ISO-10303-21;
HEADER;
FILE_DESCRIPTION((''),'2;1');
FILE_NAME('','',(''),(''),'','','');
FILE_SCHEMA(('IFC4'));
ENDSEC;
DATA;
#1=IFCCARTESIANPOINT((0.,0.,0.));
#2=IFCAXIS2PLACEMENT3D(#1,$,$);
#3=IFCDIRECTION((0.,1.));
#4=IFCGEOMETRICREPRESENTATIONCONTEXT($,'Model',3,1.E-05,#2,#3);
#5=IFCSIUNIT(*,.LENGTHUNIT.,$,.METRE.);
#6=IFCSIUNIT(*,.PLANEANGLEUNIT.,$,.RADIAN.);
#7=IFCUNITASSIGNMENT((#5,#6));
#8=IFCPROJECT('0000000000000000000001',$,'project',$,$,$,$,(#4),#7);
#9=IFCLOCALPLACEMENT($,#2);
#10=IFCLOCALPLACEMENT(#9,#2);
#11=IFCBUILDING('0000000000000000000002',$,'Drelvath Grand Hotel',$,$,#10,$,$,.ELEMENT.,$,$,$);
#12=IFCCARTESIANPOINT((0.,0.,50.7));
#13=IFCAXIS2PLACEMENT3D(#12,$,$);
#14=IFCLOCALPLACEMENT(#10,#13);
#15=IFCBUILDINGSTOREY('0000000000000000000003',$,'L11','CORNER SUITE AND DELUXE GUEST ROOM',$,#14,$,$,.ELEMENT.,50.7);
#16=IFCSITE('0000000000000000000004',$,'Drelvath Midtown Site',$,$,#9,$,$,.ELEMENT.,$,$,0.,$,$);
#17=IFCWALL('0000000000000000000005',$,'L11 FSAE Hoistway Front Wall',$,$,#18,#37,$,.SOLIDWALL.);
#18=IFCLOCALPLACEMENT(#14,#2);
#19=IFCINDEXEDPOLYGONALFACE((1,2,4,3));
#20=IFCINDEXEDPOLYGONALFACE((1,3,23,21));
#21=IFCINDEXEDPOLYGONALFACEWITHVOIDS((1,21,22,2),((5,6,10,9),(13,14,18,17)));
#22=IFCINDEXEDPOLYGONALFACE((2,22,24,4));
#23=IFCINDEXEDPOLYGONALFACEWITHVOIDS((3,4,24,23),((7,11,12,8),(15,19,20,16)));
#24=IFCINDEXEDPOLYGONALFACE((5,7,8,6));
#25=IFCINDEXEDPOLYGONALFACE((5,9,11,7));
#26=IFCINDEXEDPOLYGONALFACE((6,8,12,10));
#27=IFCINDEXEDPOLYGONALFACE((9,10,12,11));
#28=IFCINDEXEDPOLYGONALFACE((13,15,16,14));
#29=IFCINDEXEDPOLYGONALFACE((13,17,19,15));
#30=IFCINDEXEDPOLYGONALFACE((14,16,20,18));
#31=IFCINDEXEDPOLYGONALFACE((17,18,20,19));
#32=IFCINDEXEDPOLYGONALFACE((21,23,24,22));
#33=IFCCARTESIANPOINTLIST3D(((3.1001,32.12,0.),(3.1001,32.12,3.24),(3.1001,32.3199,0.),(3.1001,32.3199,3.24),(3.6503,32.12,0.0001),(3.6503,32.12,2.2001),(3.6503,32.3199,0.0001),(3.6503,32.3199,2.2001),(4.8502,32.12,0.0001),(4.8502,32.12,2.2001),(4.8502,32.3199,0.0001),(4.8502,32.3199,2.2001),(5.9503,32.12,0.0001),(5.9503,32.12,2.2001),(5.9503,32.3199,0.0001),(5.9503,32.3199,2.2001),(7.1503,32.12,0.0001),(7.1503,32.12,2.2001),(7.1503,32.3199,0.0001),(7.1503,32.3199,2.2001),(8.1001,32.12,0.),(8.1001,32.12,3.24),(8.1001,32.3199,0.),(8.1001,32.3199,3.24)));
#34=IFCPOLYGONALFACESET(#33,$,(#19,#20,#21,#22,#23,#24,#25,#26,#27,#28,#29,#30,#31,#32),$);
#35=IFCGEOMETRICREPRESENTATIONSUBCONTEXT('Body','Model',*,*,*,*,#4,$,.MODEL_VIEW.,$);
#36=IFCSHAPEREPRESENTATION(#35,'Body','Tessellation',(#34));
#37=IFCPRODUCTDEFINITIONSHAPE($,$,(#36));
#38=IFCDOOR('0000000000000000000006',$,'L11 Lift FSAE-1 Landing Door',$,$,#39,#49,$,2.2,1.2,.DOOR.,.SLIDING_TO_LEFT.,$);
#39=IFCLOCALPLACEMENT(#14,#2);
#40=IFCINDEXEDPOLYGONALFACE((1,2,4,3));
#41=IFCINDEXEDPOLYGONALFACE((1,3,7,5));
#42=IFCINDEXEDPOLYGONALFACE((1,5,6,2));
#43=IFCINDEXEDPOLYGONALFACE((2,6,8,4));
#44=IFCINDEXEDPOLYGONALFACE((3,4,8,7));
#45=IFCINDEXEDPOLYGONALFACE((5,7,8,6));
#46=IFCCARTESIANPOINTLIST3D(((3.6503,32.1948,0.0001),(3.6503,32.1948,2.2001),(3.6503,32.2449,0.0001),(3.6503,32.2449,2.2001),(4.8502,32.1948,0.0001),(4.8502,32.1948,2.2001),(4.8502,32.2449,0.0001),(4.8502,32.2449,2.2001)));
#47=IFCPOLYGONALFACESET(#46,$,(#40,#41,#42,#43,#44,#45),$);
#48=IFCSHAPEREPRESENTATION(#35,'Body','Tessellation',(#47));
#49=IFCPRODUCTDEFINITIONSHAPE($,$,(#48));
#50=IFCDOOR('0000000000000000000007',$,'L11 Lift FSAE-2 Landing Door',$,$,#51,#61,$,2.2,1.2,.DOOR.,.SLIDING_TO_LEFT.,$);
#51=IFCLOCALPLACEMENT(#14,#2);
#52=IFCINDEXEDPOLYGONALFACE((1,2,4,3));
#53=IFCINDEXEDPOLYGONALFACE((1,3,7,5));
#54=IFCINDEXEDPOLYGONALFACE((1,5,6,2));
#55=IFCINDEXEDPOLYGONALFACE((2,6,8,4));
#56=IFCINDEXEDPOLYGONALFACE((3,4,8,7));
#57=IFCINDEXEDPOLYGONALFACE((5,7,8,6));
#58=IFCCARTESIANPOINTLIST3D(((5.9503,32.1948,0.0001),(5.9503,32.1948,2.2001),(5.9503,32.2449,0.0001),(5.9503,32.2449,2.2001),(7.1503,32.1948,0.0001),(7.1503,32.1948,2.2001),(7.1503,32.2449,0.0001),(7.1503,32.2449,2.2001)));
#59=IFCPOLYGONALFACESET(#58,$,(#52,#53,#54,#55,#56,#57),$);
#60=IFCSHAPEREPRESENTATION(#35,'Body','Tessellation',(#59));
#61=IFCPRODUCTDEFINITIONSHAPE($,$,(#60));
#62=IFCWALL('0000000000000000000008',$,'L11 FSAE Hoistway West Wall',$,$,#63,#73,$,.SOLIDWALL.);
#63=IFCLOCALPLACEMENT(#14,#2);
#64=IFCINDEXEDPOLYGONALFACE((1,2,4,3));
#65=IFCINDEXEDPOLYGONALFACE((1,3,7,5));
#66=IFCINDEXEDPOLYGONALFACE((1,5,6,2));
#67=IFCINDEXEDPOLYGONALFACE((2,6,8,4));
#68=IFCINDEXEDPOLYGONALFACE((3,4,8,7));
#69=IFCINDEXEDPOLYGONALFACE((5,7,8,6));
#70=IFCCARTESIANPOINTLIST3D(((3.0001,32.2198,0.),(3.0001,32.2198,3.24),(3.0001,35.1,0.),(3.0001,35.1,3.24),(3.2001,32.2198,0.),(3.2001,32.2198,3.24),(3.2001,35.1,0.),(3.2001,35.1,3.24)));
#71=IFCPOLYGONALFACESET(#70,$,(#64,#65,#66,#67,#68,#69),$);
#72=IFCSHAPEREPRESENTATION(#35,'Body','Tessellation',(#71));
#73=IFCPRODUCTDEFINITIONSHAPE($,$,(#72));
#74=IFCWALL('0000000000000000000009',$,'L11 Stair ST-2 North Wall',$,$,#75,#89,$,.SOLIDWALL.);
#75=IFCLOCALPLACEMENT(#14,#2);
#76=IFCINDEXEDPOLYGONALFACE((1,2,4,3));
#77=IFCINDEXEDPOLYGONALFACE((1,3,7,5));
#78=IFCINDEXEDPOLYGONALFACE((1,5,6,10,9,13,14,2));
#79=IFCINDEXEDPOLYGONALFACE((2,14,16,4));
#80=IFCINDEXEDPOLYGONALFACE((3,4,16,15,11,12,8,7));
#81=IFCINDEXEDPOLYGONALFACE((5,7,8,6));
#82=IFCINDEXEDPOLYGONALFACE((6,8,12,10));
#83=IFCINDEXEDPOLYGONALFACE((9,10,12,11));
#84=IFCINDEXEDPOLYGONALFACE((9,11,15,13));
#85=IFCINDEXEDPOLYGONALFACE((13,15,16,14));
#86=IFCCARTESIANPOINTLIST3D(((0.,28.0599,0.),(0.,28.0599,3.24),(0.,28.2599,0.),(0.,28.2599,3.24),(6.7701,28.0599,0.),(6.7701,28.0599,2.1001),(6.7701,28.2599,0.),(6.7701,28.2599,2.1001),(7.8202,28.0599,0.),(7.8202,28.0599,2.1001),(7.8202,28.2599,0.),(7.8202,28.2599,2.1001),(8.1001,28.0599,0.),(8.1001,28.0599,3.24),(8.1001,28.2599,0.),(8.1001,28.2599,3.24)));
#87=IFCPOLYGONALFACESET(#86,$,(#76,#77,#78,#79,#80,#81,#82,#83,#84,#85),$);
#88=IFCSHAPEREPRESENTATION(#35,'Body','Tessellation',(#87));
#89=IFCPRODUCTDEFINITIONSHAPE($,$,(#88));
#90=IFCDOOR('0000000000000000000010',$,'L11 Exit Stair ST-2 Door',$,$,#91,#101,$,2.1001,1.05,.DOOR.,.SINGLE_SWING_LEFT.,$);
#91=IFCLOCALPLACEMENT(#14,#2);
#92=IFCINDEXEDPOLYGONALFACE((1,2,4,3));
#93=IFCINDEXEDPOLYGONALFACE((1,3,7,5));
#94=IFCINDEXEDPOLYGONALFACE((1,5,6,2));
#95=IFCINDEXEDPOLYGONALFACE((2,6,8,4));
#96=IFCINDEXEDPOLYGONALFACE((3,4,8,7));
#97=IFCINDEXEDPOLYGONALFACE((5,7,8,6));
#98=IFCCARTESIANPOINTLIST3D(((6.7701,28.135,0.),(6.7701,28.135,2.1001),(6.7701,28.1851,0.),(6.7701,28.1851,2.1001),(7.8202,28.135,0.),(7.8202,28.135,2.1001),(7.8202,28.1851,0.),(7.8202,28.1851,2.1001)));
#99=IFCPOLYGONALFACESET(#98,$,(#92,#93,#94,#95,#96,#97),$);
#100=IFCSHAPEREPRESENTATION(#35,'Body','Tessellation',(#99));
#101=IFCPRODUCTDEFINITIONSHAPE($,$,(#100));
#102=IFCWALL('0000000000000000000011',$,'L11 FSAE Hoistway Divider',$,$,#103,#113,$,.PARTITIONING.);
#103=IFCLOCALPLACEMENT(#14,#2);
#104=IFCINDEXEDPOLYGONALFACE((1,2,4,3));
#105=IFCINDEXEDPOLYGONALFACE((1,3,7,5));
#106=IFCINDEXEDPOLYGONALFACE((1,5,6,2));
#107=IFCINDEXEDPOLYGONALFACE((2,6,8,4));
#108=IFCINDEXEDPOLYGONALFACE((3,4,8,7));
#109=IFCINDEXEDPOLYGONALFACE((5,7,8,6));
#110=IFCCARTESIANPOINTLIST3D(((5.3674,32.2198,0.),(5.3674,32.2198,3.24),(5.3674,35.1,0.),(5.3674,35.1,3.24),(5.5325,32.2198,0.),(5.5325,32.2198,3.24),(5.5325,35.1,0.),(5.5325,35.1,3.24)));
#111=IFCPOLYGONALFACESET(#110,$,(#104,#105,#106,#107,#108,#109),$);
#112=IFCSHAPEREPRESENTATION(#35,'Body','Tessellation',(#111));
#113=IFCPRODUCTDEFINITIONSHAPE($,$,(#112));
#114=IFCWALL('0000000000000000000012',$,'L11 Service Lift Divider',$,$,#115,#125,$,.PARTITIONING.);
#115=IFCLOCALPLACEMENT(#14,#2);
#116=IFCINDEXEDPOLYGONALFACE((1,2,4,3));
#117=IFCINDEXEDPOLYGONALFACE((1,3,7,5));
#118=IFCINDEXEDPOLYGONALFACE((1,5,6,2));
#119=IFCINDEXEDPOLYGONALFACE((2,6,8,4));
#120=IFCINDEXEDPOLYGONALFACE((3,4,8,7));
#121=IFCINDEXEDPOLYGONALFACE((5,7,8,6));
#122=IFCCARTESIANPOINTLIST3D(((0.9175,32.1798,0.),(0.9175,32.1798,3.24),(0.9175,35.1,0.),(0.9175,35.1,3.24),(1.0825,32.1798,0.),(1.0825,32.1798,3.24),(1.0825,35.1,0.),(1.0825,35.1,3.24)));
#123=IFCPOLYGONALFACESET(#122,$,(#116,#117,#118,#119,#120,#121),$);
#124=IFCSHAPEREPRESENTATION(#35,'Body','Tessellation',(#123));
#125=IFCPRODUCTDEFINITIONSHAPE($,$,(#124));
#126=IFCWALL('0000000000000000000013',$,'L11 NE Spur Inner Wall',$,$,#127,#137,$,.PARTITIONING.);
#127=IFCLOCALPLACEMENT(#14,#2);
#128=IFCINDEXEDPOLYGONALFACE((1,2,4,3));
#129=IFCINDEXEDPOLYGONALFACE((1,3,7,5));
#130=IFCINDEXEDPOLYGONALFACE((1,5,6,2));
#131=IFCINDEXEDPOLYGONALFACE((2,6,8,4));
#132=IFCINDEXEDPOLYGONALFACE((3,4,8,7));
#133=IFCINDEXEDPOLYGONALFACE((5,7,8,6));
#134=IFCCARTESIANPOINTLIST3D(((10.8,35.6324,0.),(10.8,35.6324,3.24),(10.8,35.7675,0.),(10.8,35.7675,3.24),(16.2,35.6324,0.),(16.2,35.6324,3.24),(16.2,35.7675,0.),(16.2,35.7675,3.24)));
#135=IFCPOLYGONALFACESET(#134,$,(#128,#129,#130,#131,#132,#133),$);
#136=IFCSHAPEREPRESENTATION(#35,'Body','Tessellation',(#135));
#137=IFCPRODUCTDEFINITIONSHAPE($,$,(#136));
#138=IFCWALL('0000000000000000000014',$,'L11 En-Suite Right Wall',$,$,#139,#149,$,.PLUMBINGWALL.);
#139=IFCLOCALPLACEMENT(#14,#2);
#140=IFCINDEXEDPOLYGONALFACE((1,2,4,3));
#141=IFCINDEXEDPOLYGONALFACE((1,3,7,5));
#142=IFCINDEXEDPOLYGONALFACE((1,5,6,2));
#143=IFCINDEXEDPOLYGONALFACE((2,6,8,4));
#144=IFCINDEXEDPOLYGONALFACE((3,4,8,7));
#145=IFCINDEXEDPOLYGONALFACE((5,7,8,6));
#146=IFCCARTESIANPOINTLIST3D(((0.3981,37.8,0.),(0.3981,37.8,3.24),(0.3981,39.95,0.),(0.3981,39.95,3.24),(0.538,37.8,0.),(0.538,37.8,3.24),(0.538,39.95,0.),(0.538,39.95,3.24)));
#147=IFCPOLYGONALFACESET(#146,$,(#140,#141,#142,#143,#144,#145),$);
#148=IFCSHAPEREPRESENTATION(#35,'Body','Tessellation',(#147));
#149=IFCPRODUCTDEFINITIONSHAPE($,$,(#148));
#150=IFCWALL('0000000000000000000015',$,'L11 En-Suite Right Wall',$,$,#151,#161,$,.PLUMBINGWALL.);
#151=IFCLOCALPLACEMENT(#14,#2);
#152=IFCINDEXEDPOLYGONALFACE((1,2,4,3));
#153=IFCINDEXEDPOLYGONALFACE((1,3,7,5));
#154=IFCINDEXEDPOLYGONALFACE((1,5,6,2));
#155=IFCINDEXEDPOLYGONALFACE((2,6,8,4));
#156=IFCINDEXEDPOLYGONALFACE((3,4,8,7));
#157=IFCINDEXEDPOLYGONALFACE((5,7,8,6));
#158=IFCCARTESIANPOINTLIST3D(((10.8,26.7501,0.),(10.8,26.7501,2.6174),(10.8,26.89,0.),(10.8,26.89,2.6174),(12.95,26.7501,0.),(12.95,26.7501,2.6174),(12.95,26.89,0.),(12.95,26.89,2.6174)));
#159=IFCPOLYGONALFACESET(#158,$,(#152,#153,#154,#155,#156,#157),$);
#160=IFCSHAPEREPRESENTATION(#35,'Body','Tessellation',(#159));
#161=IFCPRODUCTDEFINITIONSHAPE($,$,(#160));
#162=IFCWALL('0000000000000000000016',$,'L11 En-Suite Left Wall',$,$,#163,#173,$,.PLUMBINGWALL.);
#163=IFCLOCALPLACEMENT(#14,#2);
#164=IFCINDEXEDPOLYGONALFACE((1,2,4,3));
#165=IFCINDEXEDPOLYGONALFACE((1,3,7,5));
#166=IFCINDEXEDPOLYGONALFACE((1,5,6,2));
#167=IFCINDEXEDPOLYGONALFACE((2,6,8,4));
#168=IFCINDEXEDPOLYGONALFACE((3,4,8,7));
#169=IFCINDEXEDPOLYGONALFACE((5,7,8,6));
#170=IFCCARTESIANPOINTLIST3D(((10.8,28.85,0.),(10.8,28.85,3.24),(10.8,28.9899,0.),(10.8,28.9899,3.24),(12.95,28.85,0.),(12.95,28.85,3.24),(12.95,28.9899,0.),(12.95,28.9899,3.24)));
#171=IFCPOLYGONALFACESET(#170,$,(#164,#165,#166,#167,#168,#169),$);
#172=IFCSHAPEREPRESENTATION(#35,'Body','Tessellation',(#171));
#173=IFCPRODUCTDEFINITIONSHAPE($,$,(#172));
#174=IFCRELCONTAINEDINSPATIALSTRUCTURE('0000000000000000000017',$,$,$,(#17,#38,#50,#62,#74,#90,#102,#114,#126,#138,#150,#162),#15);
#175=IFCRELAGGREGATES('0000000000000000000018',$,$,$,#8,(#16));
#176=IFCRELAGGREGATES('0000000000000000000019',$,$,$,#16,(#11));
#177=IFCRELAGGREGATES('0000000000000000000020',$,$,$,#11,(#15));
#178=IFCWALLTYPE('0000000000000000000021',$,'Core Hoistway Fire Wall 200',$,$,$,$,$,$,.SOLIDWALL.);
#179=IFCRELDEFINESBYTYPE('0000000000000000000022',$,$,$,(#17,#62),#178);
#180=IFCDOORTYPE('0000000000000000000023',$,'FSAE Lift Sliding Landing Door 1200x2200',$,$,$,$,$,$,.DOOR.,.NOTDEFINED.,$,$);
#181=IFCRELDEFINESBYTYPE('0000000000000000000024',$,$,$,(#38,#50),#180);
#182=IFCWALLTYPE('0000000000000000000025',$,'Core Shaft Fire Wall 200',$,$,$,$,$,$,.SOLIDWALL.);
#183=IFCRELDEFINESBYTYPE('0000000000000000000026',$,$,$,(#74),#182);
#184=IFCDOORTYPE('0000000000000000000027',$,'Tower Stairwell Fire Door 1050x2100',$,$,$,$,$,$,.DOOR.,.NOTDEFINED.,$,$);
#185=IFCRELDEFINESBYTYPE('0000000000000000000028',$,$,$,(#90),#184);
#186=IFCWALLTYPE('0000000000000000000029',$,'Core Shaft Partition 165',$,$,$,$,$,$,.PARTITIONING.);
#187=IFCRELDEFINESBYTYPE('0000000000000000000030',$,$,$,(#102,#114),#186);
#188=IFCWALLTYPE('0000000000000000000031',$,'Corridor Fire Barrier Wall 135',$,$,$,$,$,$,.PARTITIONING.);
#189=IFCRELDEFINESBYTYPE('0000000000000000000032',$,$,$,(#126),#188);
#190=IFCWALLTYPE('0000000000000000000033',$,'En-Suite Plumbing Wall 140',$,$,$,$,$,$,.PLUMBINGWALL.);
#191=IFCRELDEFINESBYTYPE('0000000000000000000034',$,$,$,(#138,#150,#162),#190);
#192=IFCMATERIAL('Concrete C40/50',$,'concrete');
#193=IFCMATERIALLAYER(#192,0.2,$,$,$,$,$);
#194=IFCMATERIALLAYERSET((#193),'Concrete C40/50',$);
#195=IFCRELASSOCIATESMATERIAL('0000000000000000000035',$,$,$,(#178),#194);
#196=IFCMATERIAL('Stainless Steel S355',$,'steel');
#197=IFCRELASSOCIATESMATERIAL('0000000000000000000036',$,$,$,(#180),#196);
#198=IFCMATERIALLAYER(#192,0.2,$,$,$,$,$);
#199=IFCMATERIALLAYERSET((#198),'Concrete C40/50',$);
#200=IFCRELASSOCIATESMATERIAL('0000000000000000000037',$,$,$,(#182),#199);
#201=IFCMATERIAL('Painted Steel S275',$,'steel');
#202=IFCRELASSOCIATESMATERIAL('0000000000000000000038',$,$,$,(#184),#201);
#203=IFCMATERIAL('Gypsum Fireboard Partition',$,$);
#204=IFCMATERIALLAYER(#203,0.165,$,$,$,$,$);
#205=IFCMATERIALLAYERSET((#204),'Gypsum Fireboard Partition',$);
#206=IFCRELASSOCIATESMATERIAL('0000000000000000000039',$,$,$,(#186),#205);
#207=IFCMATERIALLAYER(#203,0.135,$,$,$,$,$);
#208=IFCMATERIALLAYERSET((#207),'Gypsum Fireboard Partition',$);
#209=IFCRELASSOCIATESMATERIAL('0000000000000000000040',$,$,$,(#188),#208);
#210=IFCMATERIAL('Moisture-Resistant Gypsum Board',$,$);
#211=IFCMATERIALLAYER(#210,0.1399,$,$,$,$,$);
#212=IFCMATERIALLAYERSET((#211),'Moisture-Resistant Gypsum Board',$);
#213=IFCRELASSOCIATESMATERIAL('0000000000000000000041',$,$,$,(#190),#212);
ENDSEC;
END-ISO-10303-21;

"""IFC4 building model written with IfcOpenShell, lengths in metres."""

from ifc_helpers import new_model, si_unit, direction, frame, frame_2d, origin, place, context, subcontext, project, spatial, rectangle, extrude, material, layer, layer_set, type_object, element, fill, save


model = new_model("IFC4")

# Units and contexts
model_context = context("Model", 3, precision=1e-05, world=origin(), true_north=direction((0.0, 1.0)))
body_context = subcontext(model_context, "Body", "Model", "MODEL_VIEW")
ifc_project = project(units=[si_unit("LENGTHUNIT", "METRE"), si_unit("PLANEANGLEUNIT", "RADIAN")], contexts=[model_context])

# Site, building, storey
site_placement = place(None, origin())
site = spatial("IfcSite", under=ifc_project, at=site_placement, Name="Drelvath Midtown Site", CompositionType="ELEMENT", RefElevation=0.0)
building_placement = place(site_placement, origin())
building = spatial("IfcBuilding", under=site, at=building_placement, Name="Drelvath Grand Hotel", CompositionType="ELEMENT")
storey_placement = place(building_placement, frame((0.0, 0.0, 50.7)))
storey = spatial("IfcBuildingStorey", under=building, at=storey_placement, Name="L11", Description="CORNER SUITE AND DELUXE GUEST ROOM", CompositionType="ELEMENT", Elevation=50.7)

# Wall, openings, doors
ifc_material_1 = material(Name="Concrete C40/50", Category="concrete")
ifc_layer_1 = layer(ifc_material_1, 0.2)
ifc_layer_set_1 = layer_set([ifc_layer_1], Name="Concrete C40/50")
wall_type_1 = type_object("IfcWallType", Name="Core Hoistway Fire Wall 200", PredefinedType="SOLIDWALL", material=ifc_layer_set_1)
wall_1_placement = place(storey_placement, frame((3.1001, 32.22, 0.0), z_axis=(0.0, 0.0, 1.0), x_axis=(1.0, 0.0, 0.0)))
wall_1 = element("IfcWall", 1, at=wall_1_placement, inside=storey, type_object=wall_type_1, Name="L11 FSAE Hoistway Front Wall", PredefinedType="SOLIDWALL", context=body_context, shape_type="SweptSolid", body=[
    extrude(rectangle(XDim=5.0, YDim=0.2, at=frame_2d((2.5, 0.0))), origin(), (0.0, 0.0, 1.0), 3.24),
])
opening_1_placement = place(wall_1_placement, frame((0.55, 0.0, 0.0)))
opening_1 = element("IfcOpeningElement", 2, at=opening_1_placement, cuts=wall_1, PredefinedType="OPENING", context=body_context, shape_type="SweptSolid", body=[
    extrude(rectangle(XDim=1.2, YDim=2.2, at=frame_2d((0.6001, 1.1001))), frame((0.0, 0.1099, 0.0), z_axis=(0.0, -1.0, 0.0), x_axis=(1.0, 0.0, 0.0)), (0.0, 0.0, 1.0), 0.22),
])
opening_2_placement = place(wall_1_placement, frame((2.8501, 0.0, 0.0)))
opening_2 = element("IfcOpeningElement", 3, at=opening_2_placement, cuts=wall_1, PredefinedType="OPENING", context=body_context, shape_type="SweptSolid", body=[
    extrude(rectangle(XDim=1.2, YDim=2.2, at=frame_2d((0.6001, 1.1001))), frame((0.0, 0.1099, 0.0), z_axis=(0.0, -1.0, 0.0), x_axis=(1.0, 0.0, 0.0)), (0.0, 0.0, 1.0), 0.22),
])
ifc_material_2 = material(Name="Stainless Steel S355", Category="steel")
door_type_1 = type_object("IfcDoorType", Name="FSAE Lift Sliding Landing Door 1200x2200", OperationType="NOTDEFINED", PredefinedType="DOOR", material=ifc_material_2)
door_1_placement = place(opening_1_placement, origin())
door_1 = element("IfcDoor", 4, at=door_1_placement, inside=storey, type_object=door_type_1, Name="L11 Lift FSAE-1 Landing Door", OperationType="SLIDING_TO_LEFT", OverallHeight=2.2, OverallWidth=1.2, PredefinedType="DOOR", context=body_context, shape_type="SweptSolid", body=[
    extrude(rectangle(XDim=1.2, YDim=2.2, at=frame_2d((0.6001, 1.1001))), frame((0.0, 0.0249, 0.0), z_axis=(0.0, -1.0, 0.0), x_axis=(1.0, 0.0, 0.0)), (0.0, 0.0, 1.0), 0.05),
])
fill(opening_1, door_1)
door_2_placement = place(opening_2_placement, origin())
door_2 = element("IfcDoor", 5, at=door_2_placement, inside=storey, type_object=door_type_1, Name="L11 Lift FSAE-2 Landing Door", OperationType="SLIDING_TO_LEFT", OverallHeight=2.2, OverallWidth=1.2, PredefinedType="DOOR", context=body_context, shape_type="SweptSolid", body=[
    extrude(rectangle(XDim=1.2, YDim=2.2, at=frame_2d((0.6001, 1.1001))), frame((0.0, 0.0249, 0.0), z_axis=(0.0, -1.0, 0.0), x_axis=(1.0, 0.0, 0.0)), (0.0, 0.0, 1.0), 0.05),
])
fill(opening_2, door_2)

# Wall
wall_2_placement = place(storey_placement, frame((3.1001, 32.22, 0.0), z_axis=(0.0, 0.0, 1.0), x_axis=(0.0, 1.0, 0.0)))
element("IfcWall", 6, at=wall_2_placement, inside=storey, type_object=wall_type_1, Name="L11 FSAE Hoistway West Wall", PredefinedType="SOLIDWALL", context=body_context, shape_type="SweptSolid", body=[
    extrude(rectangle(XDim=2.8801, YDim=0.2, at=frame_2d((1.4399, 0.0))), origin(), (0.0, 0.0, 1.0), 3.24),
])

# Wall, opening, door
ifc_layer_2 = layer(ifc_material_1, 0.2)
ifc_layer_set_2 = layer_set([ifc_layer_2], Name="Concrete C40/50")
wall_type_2 = type_object("IfcWallType", Name="Core Shaft Fire Wall 200", PredefinedType="SOLIDWALL", material=ifc_layer_set_2)
wall_3_placement = place(storey_placement, frame((8.1001, 28.1599, 0.0), z_axis=(0.0, 0.0, 1.0), x_axis=(-1.0, 0.0, 0.0)))
wall_3 = element("IfcWall", 7, at=wall_3_placement, inside=storey, type_object=wall_type_2, Name="L11 Stair ST-2 North Wall", PredefinedType="SOLIDWALL", context=body_context, shape_type="SweptSolid", body=[
    extrude(rectangle(XDim=8.1001, YDim=0.2, at=frame_2d((4.05, 0.0))), origin(), (0.0, 0.0, 1.0), 3.24),
])
opening_3_placement = place(wall_3_placement, frame((0.28, 0.0, 0.0)))
opening_3 = element("IfcOpeningElement", 8, at=opening_3_placement, cuts=wall_3, PredefinedType="OPENING", context=body_context, shape_type="SweptSolid", body=[
    extrude(rectangle(XDim=1.05, YDim=2.1001, at=frame_2d((0.5249, 1.05))), frame((0.0, 0.1099, 0.0), z_axis=(0.0, -1.0, 0.0), x_axis=(1.0, 0.0, 0.0)), (0.0, 0.0, 1.0), 0.22),
])
ifc_material_3 = material(Name="Painted Steel S275", Category="steel")
door_type_2 = type_object("IfcDoorType", Name="Tower Stairwell Fire Door 1050x2100", OperationType="NOTDEFINED", PredefinedType="DOOR", material=ifc_material_3)
door_3_placement = place(opening_3_placement, origin())
door_3 = element("IfcDoor", 9, at=door_3_placement, inside=storey, type_object=door_type_2, Name="L11 Exit Stair ST-2 Door", OperationType="SINGLE_SWING_LEFT", OverallHeight=2.1001, OverallWidth=1.05, PredefinedType="DOOR", context=body_context, shape_type="SweptSolid", body=[
    extrude(rectangle(XDim=1.05, YDim=2.1001, at=frame_2d((0.5249, 1.05))), frame((0.0, 0.0249, 0.0), z_axis=(0.0, -1.0, 0.0), x_axis=(1.0, 0.0, 0.0)), (0.0, 0.0, 1.0), 0.05),
])
fill(opening_3, door_3)

# Walls
ifc_material_4 = material(Name="Gypsum Fireboard Partition")
ifc_layer_3 = layer(ifc_material_4, 0.165)
ifc_layer_set_3 = layer_set([ifc_layer_3], Name="Gypsum Fireboard Partition")
wall_type_3 = type_object("IfcWallType", Name="Core Shaft Partition 165", PredefinedType="PARTITIONING", material=ifc_layer_set_3)
wall_4_placement = place(storey_placement, frame((5.45, 32.22, 0.0), z_axis=(0.0, 0.0, 1.0), x_axis=(0.0, 1.0, 0.0)))
element("IfcWall", 10, at=wall_4_placement, inside=storey, type_object=wall_type_3, Name="L11 FSAE Hoistway Divider", PredefinedType="PARTITIONING", context=body_context, shape_type="SweptSolid", body=[
    extrude(rectangle(XDim=2.8801, YDim=0.165, at=frame_2d((1.4399, 0.0))), origin(), (0.0, 0.0, 1.0), 3.24),
])
wall_5_placement = place(storey_placement, frame((1.0, 32.1799, 0.0), z_axis=(0.0, 0.0, 1.0), x_axis=(0.0, 1.0, 0.0)))
element("IfcWall", 11, at=wall_5_placement, inside=storey, type_object=wall_type_3, Name="L11 Service Lift Divider", PredefinedType="PARTITIONING", context=body_context, shape_type="SweptSolid", body=[
    extrude(rectangle(XDim=2.9202, YDim=0.165, at=frame_2d((1.46, 0.0))), origin(), (0.0, 0.0, 1.0), 3.24),
])
ifc_layer_4 = layer(ifc_material_4, 0.135)
ifc_layer_set_4 = layer_set([ifc_layer_4], Name="Gypsum Fireboard Partition")
wall_type_4 = type_object("IfcWallType", Name="Corridor Fire Barrier Wall 135", PredefinedType="PARTITIONING", material=ifc_layer_set_4)
wall_6_placement = place(storey_placement, frame((10.8, 35.7, 0.0), z_axis=(0.0, 0.0, 1.0), x_axis=(1.0, 0.0, 0.0)))
element("IfcWall", 12, at=wall_6_placement, inside=storey, type_object=wall_type_4, Name="L11 NE Spur Inner Wall", PredefinedType="PARTITIONING", context=body_context, shape_type="SweptSolid", body=[
    extrude(rectangle(XDim=5.3999, YDim=0.135, at=frame_2d((2.7, 0.0))), origin(), (0.0, 0.0, 1.0), 3.24),
])
ifc_material_5 = material(Name="Moisture-Resistant Gypsum Board")
ifc_layer_5 = layer(ifc_material_5, 0.1399)
ifc_layer_set_5 = layer_set([ifc_layer_5], Name="Moisture-Resistant Gypsum Board")
wall_type_5 = type_object("IfcWallType", Name="En-Suite Plumbing Wall 140", PredefinedType="PLUMBINGWALL", material=ifc_layer_set_5)
wall_7_placement = place(storey_placement, frame((0.468, 37.8, 0.0), z_axis=(0.0, 0.0, 1.0), x_axis=(0.0, 1.0, 0.0)))
element("IfcWall", 13, at=wall_7_placement, inside=storey, type_object=wall_type_5, Name="L11 En-Suite Right Wall", PredefinedType="PLUMBINGWALL", context=body_context, shape_type="SweptSolid", body=[
    extrude(rectangle(XDim=2.1499, YDim=0.1399, at=frame_2d((1.075, 0.0))), origin(), (0.0, 0.0, 1.0), 3.24),
])
wall_8_placement = place(storey_placement, frame((10.8, 26.8201, 0.0), z_axis=(0.0, 0.0, 1.0), x_axis=(1.0, 0.0, 0.0)))
element("IfcWall", 14, at=wall_8_placement, inside=storey, type_object=wall_type_5, Name="L11 En-Suite Right Wall", PredefinedType="PLUMBINGWALL", context=body_context, shape_type="SweptSolid", body=[
    extrude(rectangle(XDim=2.1499, YDim=0.1399, at=frame_2d((1.075, 0.0))), origin(), (0.0, 0.0, 1.0), 2.6174),
])
for number, where, z_axis, x_axis, name in (
    (15, (10.8, 28.9199, 0.0), (0.0, 0.0, 1.0), (1.0, 0.0, 0.0), "L11 En-Suite Left Wall"),
):
    element("IfcWall", number, at=place(storey_placement, frame(where, z_axis=z_axis, x_axis=x_axis)), inside=storey, type_object=wall_type_5, Name=name, PredefinedType="PLUMBINGWALL", context=body_context, shape_type="SweptSolid", body=[
        extrude(rectangle(XDim=2.1499, YDim=0.1399, at=frame_2d((1.075, 0.0))), origin(), (0.0, 0.0, 1.0), 3.24),
    ])

save(model, "model.ifc")
